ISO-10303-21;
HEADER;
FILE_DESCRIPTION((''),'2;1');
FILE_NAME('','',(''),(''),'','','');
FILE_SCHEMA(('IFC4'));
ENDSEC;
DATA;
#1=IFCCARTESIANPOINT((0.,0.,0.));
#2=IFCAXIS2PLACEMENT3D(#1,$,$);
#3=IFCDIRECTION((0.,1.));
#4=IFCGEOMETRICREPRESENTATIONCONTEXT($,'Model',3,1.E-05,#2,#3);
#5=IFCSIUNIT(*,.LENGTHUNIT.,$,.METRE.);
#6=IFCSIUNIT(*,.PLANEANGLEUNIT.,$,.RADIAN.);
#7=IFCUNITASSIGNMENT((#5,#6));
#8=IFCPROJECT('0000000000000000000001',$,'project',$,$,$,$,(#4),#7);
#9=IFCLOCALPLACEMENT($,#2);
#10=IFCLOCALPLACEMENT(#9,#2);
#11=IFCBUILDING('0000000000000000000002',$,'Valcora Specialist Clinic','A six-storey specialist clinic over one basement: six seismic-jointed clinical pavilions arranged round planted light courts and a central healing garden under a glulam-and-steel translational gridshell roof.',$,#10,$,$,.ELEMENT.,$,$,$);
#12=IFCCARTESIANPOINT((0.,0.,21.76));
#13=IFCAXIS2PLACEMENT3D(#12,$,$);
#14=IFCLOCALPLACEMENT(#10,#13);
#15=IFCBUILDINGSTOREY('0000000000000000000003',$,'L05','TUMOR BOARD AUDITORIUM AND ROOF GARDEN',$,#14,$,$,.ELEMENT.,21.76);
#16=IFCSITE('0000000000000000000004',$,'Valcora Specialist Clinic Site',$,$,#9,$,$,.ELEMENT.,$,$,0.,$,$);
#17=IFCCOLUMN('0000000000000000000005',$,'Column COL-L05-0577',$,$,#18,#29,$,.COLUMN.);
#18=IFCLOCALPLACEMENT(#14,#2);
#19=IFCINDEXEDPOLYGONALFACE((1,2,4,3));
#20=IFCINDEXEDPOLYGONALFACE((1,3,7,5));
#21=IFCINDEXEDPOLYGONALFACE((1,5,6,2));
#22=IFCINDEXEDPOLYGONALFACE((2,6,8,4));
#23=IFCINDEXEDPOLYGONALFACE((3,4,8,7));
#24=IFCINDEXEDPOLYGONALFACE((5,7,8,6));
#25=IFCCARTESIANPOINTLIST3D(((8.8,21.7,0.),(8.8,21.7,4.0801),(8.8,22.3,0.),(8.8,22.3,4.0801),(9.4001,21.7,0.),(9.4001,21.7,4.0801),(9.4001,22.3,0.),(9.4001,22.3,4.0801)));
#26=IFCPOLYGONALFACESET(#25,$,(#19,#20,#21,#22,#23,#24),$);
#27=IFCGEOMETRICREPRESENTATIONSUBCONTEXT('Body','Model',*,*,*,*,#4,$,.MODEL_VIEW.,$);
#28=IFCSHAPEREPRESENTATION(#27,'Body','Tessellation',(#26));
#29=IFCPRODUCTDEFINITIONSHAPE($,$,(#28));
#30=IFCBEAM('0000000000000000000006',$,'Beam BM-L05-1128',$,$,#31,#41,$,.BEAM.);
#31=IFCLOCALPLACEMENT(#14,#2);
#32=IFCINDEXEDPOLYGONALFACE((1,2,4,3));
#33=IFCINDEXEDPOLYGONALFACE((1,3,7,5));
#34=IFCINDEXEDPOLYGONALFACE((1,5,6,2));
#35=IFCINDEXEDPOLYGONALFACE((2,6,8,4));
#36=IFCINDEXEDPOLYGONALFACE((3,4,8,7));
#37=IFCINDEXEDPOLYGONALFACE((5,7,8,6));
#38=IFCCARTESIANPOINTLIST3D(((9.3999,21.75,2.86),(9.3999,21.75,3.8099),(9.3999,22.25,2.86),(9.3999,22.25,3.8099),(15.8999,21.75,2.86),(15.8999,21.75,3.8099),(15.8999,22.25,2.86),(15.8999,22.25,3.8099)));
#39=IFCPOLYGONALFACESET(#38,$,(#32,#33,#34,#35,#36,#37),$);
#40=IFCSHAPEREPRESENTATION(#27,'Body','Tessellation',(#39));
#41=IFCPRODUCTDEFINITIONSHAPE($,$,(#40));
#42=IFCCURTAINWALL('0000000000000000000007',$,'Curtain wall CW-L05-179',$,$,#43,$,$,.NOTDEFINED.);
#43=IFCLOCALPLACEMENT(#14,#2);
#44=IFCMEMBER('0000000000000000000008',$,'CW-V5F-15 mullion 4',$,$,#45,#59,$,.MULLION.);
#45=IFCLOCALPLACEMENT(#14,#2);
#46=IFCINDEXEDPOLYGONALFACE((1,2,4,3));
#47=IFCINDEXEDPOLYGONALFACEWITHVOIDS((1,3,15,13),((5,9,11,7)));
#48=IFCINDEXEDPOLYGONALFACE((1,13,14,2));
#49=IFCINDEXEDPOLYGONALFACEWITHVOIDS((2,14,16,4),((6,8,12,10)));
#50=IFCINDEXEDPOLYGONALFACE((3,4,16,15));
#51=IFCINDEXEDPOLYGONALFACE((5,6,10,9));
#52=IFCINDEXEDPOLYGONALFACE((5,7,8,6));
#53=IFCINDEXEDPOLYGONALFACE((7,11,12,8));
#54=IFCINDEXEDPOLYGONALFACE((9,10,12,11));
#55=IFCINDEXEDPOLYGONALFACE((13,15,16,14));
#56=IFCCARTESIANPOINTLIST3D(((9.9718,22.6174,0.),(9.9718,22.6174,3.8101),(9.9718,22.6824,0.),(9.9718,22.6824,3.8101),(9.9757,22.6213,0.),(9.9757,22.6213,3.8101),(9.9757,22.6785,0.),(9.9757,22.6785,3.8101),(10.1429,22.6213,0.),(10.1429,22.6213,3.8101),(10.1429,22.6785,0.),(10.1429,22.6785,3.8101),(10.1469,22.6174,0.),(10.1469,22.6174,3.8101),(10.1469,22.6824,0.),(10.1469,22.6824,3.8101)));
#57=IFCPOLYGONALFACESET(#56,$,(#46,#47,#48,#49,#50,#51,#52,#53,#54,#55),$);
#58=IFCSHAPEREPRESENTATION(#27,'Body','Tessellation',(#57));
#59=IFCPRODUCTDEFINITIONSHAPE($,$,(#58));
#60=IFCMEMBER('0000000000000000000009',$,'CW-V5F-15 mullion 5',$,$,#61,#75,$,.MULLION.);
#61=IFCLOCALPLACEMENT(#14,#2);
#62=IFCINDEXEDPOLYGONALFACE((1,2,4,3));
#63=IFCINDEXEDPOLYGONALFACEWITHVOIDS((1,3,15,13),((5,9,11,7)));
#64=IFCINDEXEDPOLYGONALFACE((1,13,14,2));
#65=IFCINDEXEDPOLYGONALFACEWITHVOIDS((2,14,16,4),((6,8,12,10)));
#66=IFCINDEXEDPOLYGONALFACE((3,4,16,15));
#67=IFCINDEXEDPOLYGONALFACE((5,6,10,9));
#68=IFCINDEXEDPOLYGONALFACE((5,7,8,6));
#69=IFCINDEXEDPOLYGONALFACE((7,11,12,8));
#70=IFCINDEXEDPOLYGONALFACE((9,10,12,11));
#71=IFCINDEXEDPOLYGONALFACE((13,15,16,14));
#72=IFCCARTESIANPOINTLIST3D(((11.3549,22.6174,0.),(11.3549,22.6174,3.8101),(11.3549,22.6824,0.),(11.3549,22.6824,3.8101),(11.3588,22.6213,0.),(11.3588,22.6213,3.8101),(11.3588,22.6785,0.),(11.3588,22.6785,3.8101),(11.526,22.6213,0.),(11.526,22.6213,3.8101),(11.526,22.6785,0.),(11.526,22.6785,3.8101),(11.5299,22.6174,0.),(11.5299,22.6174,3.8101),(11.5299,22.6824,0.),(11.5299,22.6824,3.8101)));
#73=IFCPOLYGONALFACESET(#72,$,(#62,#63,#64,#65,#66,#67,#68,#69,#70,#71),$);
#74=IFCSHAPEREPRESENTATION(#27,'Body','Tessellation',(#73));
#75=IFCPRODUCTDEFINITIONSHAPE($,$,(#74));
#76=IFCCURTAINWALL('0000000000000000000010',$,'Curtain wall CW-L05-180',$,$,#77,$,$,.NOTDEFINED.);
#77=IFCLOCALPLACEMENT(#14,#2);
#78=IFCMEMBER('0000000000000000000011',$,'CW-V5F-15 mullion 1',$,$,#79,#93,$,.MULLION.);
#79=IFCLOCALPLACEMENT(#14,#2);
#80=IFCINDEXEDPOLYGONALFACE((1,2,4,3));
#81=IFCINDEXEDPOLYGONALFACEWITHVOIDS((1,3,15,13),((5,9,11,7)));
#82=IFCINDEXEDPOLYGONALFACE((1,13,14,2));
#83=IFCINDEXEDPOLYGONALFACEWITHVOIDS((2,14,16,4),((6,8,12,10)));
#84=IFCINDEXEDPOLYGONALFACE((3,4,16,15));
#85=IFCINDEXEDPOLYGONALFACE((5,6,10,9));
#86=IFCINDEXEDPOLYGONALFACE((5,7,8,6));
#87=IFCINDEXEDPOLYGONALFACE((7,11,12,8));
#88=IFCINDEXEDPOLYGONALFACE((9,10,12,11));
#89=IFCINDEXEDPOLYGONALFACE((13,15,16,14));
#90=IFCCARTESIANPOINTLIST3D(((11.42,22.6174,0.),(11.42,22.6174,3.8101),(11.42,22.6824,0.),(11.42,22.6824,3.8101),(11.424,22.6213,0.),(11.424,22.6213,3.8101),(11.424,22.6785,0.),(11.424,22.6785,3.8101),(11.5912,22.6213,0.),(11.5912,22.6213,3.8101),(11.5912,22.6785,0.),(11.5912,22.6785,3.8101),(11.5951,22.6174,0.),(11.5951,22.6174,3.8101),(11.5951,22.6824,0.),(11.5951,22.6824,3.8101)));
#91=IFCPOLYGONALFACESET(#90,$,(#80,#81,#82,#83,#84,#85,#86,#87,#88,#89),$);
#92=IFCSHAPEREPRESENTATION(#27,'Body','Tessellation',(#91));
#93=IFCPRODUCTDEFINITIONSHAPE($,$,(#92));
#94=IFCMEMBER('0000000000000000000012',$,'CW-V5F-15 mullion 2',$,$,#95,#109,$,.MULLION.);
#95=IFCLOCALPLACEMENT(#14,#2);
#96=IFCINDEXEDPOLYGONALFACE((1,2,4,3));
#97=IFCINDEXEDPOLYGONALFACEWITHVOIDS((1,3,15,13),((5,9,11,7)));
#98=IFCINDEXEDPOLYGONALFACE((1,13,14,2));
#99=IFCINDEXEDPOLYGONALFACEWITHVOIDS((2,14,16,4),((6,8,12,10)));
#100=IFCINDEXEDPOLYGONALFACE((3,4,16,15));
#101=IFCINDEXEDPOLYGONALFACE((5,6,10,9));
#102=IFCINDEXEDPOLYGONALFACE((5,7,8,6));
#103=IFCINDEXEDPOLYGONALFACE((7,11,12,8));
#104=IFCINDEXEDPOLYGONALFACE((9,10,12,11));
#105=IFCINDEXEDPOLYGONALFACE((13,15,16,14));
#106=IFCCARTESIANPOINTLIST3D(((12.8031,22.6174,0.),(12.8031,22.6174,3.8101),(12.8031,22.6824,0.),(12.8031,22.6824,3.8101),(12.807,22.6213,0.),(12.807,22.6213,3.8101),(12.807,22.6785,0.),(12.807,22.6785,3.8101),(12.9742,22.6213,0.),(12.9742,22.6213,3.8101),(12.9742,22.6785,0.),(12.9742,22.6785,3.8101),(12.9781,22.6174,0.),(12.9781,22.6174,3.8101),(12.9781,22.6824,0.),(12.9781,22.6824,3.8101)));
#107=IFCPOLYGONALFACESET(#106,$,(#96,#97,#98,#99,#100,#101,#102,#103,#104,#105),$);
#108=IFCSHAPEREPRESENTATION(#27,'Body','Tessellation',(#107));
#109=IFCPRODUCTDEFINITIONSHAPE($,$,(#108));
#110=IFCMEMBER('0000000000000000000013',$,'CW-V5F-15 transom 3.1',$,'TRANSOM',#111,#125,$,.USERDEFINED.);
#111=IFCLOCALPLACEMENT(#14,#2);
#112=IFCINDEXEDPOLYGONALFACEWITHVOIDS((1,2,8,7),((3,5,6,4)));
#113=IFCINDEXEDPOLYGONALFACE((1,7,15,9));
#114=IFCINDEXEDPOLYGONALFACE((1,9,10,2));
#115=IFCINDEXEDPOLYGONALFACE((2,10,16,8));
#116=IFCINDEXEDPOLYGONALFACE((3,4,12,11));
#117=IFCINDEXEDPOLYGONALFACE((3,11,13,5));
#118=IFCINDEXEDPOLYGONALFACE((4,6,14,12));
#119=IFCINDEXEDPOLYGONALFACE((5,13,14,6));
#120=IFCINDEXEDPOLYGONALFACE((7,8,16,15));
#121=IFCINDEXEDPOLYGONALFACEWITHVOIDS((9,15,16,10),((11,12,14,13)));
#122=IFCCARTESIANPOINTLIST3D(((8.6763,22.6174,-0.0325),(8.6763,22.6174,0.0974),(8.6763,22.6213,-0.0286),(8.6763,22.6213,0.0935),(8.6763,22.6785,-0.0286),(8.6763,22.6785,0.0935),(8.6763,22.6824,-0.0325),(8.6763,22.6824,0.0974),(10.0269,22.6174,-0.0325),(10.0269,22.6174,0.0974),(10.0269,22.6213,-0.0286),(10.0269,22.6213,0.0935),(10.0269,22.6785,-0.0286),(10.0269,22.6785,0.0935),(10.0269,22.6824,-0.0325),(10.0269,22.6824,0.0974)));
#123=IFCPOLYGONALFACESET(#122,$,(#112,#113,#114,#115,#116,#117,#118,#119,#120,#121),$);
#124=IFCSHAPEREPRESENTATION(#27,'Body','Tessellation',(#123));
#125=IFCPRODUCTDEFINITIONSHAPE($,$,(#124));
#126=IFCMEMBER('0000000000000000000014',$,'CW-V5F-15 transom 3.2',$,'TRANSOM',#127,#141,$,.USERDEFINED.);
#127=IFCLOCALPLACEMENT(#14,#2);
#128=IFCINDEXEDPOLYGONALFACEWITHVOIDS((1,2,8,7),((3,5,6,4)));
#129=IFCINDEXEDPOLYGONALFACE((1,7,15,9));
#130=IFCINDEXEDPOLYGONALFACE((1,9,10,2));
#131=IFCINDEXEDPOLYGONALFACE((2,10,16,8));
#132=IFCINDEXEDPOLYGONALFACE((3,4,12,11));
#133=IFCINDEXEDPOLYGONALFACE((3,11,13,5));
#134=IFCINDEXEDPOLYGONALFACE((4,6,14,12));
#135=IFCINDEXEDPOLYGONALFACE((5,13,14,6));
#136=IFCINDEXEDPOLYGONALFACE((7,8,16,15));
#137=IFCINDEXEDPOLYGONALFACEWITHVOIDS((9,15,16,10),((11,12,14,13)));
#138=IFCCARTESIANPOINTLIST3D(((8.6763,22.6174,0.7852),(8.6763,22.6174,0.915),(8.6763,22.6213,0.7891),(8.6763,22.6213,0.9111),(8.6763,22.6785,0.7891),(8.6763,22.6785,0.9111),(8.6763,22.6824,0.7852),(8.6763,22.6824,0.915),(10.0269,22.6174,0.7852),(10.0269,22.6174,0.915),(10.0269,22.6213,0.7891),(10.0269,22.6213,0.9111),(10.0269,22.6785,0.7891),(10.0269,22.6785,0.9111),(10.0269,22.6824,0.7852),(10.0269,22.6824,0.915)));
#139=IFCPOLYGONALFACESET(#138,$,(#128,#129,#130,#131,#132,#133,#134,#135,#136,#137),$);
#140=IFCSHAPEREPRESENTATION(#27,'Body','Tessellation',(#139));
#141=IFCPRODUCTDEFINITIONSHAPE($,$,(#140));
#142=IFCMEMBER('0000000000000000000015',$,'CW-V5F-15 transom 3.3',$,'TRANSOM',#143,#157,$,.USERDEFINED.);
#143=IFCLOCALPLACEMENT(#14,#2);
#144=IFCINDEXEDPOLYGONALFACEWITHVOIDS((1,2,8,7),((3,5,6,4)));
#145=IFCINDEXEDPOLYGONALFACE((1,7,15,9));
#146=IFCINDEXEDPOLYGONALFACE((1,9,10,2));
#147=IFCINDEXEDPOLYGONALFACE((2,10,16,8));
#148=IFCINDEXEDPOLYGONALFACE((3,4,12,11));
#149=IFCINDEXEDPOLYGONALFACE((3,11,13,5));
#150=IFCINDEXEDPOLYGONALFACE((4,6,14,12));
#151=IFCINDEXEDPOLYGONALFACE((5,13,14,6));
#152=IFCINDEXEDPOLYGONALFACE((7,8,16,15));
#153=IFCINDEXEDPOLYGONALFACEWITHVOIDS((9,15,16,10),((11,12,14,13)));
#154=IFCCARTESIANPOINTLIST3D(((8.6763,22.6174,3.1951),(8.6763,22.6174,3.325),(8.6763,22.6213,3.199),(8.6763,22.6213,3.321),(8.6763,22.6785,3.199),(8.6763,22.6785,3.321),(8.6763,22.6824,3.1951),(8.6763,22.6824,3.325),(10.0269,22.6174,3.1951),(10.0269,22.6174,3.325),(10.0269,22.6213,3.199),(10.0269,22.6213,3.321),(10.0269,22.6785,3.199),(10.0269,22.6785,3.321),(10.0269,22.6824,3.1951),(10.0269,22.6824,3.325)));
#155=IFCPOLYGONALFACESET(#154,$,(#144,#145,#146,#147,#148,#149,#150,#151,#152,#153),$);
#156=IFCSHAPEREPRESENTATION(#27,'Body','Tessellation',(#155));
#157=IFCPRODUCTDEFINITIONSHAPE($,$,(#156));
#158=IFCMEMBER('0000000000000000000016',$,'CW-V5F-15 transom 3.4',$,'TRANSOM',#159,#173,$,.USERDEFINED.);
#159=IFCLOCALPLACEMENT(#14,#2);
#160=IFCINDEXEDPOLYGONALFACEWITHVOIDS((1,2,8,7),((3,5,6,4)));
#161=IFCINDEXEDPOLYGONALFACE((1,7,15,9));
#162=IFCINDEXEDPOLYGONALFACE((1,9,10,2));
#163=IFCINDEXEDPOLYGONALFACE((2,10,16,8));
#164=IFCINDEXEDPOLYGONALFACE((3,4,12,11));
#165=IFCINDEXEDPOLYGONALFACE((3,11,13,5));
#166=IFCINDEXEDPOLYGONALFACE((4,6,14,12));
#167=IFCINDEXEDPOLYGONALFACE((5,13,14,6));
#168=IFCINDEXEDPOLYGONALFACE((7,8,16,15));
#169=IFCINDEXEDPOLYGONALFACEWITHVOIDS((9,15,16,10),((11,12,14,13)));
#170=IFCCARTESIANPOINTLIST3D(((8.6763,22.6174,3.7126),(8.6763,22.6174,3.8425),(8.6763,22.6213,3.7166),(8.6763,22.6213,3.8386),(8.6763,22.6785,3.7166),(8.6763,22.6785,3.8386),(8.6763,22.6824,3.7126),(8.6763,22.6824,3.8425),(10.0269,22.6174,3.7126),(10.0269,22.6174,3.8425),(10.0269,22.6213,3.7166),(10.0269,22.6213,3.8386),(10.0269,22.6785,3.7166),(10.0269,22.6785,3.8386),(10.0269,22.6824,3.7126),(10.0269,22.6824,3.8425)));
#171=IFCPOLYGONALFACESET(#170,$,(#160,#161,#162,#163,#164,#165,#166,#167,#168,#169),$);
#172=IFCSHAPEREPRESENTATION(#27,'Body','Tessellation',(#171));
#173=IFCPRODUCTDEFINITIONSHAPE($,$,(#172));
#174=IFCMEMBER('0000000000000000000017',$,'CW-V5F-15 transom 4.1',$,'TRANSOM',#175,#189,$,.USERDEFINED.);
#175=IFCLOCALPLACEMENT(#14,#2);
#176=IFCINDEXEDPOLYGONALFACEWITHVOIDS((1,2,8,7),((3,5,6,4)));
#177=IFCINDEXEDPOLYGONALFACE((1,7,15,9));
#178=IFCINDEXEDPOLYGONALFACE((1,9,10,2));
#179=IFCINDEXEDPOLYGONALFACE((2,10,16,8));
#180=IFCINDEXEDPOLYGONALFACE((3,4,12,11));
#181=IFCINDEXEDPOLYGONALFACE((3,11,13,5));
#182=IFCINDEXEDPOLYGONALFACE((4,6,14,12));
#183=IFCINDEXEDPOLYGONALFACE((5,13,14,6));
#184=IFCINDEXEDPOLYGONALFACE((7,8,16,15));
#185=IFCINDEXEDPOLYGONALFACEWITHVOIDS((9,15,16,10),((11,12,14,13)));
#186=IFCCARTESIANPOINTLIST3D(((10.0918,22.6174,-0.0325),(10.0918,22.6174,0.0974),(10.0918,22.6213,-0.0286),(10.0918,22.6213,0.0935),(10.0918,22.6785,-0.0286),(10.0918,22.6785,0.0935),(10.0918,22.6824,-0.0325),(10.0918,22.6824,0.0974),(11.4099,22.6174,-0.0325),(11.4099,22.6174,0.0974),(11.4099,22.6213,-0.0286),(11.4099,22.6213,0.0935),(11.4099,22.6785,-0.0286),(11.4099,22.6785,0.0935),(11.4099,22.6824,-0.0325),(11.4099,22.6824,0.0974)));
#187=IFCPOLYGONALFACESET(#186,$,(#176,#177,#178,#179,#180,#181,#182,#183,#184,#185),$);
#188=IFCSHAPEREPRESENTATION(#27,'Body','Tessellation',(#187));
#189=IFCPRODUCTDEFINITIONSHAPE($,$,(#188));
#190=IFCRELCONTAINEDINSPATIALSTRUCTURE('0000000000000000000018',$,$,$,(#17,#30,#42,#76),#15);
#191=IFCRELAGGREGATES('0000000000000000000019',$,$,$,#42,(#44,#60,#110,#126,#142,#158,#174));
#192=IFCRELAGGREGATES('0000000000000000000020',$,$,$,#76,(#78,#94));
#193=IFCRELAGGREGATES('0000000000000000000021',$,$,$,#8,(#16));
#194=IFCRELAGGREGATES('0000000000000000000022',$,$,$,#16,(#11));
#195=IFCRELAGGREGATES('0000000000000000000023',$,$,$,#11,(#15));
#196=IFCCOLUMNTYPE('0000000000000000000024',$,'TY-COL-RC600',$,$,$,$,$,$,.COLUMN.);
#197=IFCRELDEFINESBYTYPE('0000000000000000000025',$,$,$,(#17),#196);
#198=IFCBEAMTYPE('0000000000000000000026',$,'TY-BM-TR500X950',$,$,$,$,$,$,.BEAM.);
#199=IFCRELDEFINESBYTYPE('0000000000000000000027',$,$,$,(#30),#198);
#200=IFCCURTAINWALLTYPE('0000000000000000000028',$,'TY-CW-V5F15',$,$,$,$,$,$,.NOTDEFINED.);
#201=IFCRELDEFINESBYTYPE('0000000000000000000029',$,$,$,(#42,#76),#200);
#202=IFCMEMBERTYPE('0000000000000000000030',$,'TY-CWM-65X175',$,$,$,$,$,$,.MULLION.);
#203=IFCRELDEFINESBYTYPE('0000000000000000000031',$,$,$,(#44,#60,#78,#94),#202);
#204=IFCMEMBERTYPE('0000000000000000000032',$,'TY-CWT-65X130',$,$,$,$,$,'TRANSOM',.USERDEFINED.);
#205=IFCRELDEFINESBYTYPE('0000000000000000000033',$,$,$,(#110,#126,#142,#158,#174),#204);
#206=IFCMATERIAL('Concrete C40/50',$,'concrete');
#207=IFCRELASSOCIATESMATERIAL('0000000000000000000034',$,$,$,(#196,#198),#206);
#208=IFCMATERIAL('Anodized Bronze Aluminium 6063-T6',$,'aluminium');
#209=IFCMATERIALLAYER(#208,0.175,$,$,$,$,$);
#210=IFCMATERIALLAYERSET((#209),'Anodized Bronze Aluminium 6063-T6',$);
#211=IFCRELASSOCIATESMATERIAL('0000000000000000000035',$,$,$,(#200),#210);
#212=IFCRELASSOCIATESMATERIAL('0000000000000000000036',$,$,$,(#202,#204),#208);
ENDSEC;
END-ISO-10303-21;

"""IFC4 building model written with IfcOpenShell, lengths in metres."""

from ifc_helpers import new_model, si_unit, direction, frame, origin, origin_2d, place, context, subcontext, project, spatial, rectangle, hollow_rectangle, extrude, material, layer, layer_set, material_profile, profile_set, type_object, element, aggregate, save


model = new_model("IFC4")

# Units and contexts
model_context = context("Model", 3, precision=1e-05, world=origin(), true_north=direction((0.0, 1.0)))
body_context = subcontext(model_context, "Body", "Model", "MODEL_VIEW")
ifc_project = project(units=[si_unit("LENGTHUNIT", "METRE"), si_unit("PLANEANGLEUNIT", "RADIAN")], contexts=[model_context])

# Site, building, storey
site_placement = place(None, origin())
site = spatial("IfcSite", under=ifc_project, at=site_placement, Name="Valcora Specialist Clinic Site", CompositionType="ELEMENT", RefElevation=0.0)
building_placement = place(site_placement, origin())
building = spatial("IfcBuilding", under=site, at=building_placement, Name="Valcora Specialist Clinic", Description="A six-storey specialist clinic over one basement: six seismic-jointed clinical pavilions arranged round planted light courts and a central healing garden under a glulam-and-steel translational gridshell roof.", CompositionType="ELEMENT")
storey_placement = place(building_placement, frame((0.0, 0.0, 21.76)))
storey = spatial("IfcBuildingStorey", under=building, at=storey_placement, Name="L05", Description="TUMOR BOARD AUDITORIUM AND ROOF GARDEN", CompositionType="ELEMENT", Elevation=21.76)

# Column
ifc_material_1 = material(Name="Concrete C40/50", Category="concrete")
ifc_material_profile_1 = material_profile(ifc_material_1, rectangle(XDim=0.6001, YDim=0.6001, at=origin_2d()), Name="RC-COL-600X600")
ifc_profile_set_1 = profile_set([ifc_material_profile_1], Name="Concrete C40/50")
column_type = type_object("IfcColumnType", Name="TY-COL-RC600", PredefinedType="COLUMN", material=ifc_profile_set_1)
column_placement = place(storey_placement, frame((9.1001, 22.0, 0.0), z_axis=(0.0, 0.0, 1.0), x_axis=(1.0, 0.0, 0.0)))
element("IfcColumn", 1, at=column_placement, inside=storey, type_object=column_type, Name="Column COL-L05-0577", PredefinedType="COLUMN", context=body_context, shape_type="SweptSolid", body=[
    extrude(rectangle(XDim=0.6001, YDim=0.6001, at=origin_2d()), origin(), (0.0, 0.0, 1.0), 4.0801),
])

# Beam
ifc_material_profile_2 = material_profile(ifc_material_1, rectangle(XDim=0.5, YDim=0.95, at=origin_2d()), Name="RC-BM-500X950")
ifc_profile_set_2 = profile_set([ifc_material_profile_2], Name="Concrete C40/50")
beam_type = type_object("IfcBeamType", Name="TY-BM-TR500X950", PredefinedType="BEAM", material=ifc_profile_set_2)
beam_placement = place(storey_placement, frame((9.3999, 22.0, 3.335), z_axis=(1.0, 0.0, 0.0), x_axis=(0.0, 1.0, 0.0)))
element("IfcBeam", 2, at=beam_placement, inside=storey, type_object=beam_type, Name="Beam BM-L05-1128", PredefinedType="BEAM", context=body_context, shape_type="SweptSolid", body=[
    extrude(rectangle(XDim=0.5, YDim=0.95, at=origin_2d()), origin(), (0.0, 0.0, 1.0), 6.5),
])

# Curtain walls, members
ifc_material_2 = material(Name="Anodized Bronze Aluminium 6063-T6", Category="aluminium")
ifc_layer_1 = layer(ifc_material_2, 0.175)
ifc_layer_set_1 = layer_set([ifc_layer_1], Name="Anodized Bronze Aluminium 6063-T6")
curtain_wall_type = type_object("IfcCurtainWallType", Name="TY-CW-V5F15", PredefinedType="NOTDEFINED", material=ifc_layer_set_1)
curtain_wall_1_placement = place(storey_placement, origin())
curtain_wall_1 = element("IfcCurtainWall", 3, at=curtain_wall_1_placement, inside=storey, type_object=curtain_wall_type, Name="Curtain wall CW-L05-179", PredefinedType="NOTDEFINED")
ifc_material_profile_3 = material_profile(ifc_material_2, hollow_rectangle(XDim=0.0649, YDim=0.175, WallThickness=0.0039, at=origin_2d()), Name="AL-MUL-65X175")
ifc_profile_set_3 = profile_set([ifc_material_profile_3], Name="Anodized Bronze Aluminium 6063-T6")
member_type_1 = type_object("IfcMemberType", Name="TY-CWM-65X175", PredefinedType="MULLION", material=ifc_profile_set_3)
member_1_placement = place(storey_placement, frame((10.0593, 22.6499, 0.0), z_axis=(0.0, 0.0, 1.0), x_axis=(0.0, 1.0, 0.0)))
member_1 = element("IfcMember", 4, at=member_1_placement, type_object=member_type_1, Name="CW-V5F-15 mullion 4", PredefinedType="MULLION", context=body_context, shape_type="SweptSolid", body=[
    extrude(hollow_rectangle(XDim=0.0649, YDim=0.175, WallThickness=0.0039, at=origin_2d()), origin(), (0.0, 0.0, 1.0), 3.8101),
])
member_2_placement = place(storey_placement, frame((11.4424, 22.6499, 0.0), z_axis=(0.0, 0.0, 1.0), x_axis=(0.0, 1.0, 0.0)))
member_2 = element("IfcMember", 5, at=member_2_placement, type_object=member_type_1, Name="CW-V5F-15 mullion 5", PredefinedType="MULLION", context=body_context, shape_type="SweptSolid", body=[
    extrude(hollow_rectangle(XDim=0.0649, YDim=0.175, WallThickness=0.0039, at=origin_2d()), origin(), (0.0, 0.0, 1.0), 3.8101),
])
curtain_wall_2_placement = place(storey_placement, origin())
curtain_wall_2 = element("IfcCurtainWall", 6, at=curtain_wall_2_placement, inside=storey, type_object=curtain_wall_type, Name="Curtain wall CW-L05-180", PredefinedType="NOTDEFINED")
member_3_placement = place(storey_placement, frame((11.5076, 22.6499, 0.0), z_axis=(0.0, 0.0, 1.0), x_axis=(0.0, 1.0, 0.0)))
member_3 = element("IfcMember", 7, at=member_3_placement, type_object=member_type_1, Name="CW-V5F-15 mullion 1", PredefinedType="MULLION", context=body_context, shape_type="SweptSolid", body=[
    extrude(hollow_rectangle(XDim=0.0649, YDim=0.175, WallThickness=0.0039, at=origin_2d()), origin(), (0.0, 0.0, 1.0), 3.8101),
])
member_4_placement = place(storey_placement, frame((12.8906, 22.6499, 0.0), z_axis=(0.0, 0.0, 1.0), x_axis=(0.0, 1.0, 0.0)))
member_4 = element("IfcMember", 8, at=member_4_placement, type_object=member_type_1, Name="CW-V5F-15 mullion 2", PredefinedType="MULLION", context=body_context, shape_type="SweptSolid", body=[
    extrude(hollow_rectangle(XDim=0.0649, YDim=0.175, WallThickness=0.0039, at=origin_2d()), origin(), (0.0, 0.0, 1.0), 3.8101),
])

# Members
ifc_material_profile_4 = material_profile(ifc_material_2, hollow_rectangle(XDim=0.0649, YDim=0.1299, WallThickness=0.0039, at=origin_2d()), Name="AL-TRN-65X130")
ifc_profile_set_4 = profile_set([ifc_material_profile_4], Name="Anodized Bronze Aluminium 6063-T6")
member_type_2 = type_object("IfcMemberType", Name="TY-CWT-65X130", ElementType="TRANSOM", PredefinedType="USERDEFINED", material=ifc_profile_set_4)
member_5_placement = place(storey_placement, frame((8.6763, 22.6499, 0.0325), z_axis=(1.0, 0.0, 0.0), x_axis=(0.0, 1.0, 0.0)))
member_5 = element("IfcMember", 9, at=member_5_placement, type_object=member_type_2, Name="CW-V5F-15 transom 3.1", ObjectType="TRANSOM", PredefinedType="USERDEFINED", context=body_context, shape_type="SweptSolid", body=[
    extrude(hollow_rectangle(XDim=0.0649, YDim=0.1299, WallThickness=0.0039, at=origin_2d()), origin(), (0.0, 0.0, 1.0), 1.3506),
])
member_6_placement = place(storey_placement, frame((8.6763, 22.6499, 0.8501), z_axis=(1.0, 0.0, 0.0), x_axis=(0.0, 1.0, 0.0)))
member_6 = element("IfcMember", 10, at=member_6_placement, type_object=member_type_2, Name="CW-V5F-15 transom 3.2", ObjectType="TRANSOM", PredefinedType="USERDEFINED", context=body_context, shape_type="SweptSolid", body=[
    extrude(hollow_rectangle(XDim=0.0649, YDim=0.1299, WallThickness=0.0039, at=origin_2d()), origin(), (0.0, 0.0, 1.0), 1.3506),
])
member_7_placement = place(storey_placement, frame((8.6763, 22.6499, 3.26), z_axis=(1.0, 0.0, 0.0), x_axis=(0.0, 1.0, 0.0)))
member_7 = element("IfcMember", 11, at=member_7_placement, type_object=member_type_2, Name="CW-V5F-15 transom 3.3", ObjectType="TRANSOM", PredefinedType="USERDEFINED", context=body_context, shape_type="SweptSolid", body=[
    extrude(hollow_rectangle(XDim=0.0649, YDim=0.1299, WallThickness=0.0039, at=origin_2d()), origin(), (0.0, 0.0, 1.0), 1.3506),
])
member_8_placement = place(storey_placement, frame((8.6763, 22.6499, 3.7776), z_axis=(1.0, 0.0, 0.0), x_axis=(0.0, 1.0, 0.0)))
member_8 = element("IfcMember", 12, at=member_8_placement, type_object=member_type_2, Name="CW-V5F-15 transom 3.4", ObjectType="TRANSOM", PredefinedType="USERDEFINED", context=body_context, shape_type="SweptSolid", body=[
    extrude(hollow_rectangle(XDim=0.0649, YDim=0.1299, WallThickness=0.0039, at=origin_2d()), origin(), (0.0, 0.0, 1.0), 1.3506),
])
member_9_placement = place(storey_placement, frame((10.0918, 22.6499, 0.0325), z_axis=(1.0, 0.0, 0.0), x_axis=(0.0, 1.0, 0.0)))
member_9 = element("IfcMember", 13, at=member_9_placement, type_object=member_type_2, Name="CW-V5F-15 transom 4.1", ObjectType="TRANSOM", PredefinedType="USERDEFINED", context=body_context, shape_type="SweptSolid", body=[
    extrude(hollow_rectangle(XDim=0.0649, YDim=0.1299, WallThickness=0.0039, at=origin_2d()), origin(), (0.0, 0.0, 1.0), 1.3181),
])

aggregate(curtain_wall_1, [member_1, member_2, member_5, member_6, member_7, member_8, member_9])
aggregate(curtain_wall_2, [member_3, member_4])

save(model, "model.ifc")
